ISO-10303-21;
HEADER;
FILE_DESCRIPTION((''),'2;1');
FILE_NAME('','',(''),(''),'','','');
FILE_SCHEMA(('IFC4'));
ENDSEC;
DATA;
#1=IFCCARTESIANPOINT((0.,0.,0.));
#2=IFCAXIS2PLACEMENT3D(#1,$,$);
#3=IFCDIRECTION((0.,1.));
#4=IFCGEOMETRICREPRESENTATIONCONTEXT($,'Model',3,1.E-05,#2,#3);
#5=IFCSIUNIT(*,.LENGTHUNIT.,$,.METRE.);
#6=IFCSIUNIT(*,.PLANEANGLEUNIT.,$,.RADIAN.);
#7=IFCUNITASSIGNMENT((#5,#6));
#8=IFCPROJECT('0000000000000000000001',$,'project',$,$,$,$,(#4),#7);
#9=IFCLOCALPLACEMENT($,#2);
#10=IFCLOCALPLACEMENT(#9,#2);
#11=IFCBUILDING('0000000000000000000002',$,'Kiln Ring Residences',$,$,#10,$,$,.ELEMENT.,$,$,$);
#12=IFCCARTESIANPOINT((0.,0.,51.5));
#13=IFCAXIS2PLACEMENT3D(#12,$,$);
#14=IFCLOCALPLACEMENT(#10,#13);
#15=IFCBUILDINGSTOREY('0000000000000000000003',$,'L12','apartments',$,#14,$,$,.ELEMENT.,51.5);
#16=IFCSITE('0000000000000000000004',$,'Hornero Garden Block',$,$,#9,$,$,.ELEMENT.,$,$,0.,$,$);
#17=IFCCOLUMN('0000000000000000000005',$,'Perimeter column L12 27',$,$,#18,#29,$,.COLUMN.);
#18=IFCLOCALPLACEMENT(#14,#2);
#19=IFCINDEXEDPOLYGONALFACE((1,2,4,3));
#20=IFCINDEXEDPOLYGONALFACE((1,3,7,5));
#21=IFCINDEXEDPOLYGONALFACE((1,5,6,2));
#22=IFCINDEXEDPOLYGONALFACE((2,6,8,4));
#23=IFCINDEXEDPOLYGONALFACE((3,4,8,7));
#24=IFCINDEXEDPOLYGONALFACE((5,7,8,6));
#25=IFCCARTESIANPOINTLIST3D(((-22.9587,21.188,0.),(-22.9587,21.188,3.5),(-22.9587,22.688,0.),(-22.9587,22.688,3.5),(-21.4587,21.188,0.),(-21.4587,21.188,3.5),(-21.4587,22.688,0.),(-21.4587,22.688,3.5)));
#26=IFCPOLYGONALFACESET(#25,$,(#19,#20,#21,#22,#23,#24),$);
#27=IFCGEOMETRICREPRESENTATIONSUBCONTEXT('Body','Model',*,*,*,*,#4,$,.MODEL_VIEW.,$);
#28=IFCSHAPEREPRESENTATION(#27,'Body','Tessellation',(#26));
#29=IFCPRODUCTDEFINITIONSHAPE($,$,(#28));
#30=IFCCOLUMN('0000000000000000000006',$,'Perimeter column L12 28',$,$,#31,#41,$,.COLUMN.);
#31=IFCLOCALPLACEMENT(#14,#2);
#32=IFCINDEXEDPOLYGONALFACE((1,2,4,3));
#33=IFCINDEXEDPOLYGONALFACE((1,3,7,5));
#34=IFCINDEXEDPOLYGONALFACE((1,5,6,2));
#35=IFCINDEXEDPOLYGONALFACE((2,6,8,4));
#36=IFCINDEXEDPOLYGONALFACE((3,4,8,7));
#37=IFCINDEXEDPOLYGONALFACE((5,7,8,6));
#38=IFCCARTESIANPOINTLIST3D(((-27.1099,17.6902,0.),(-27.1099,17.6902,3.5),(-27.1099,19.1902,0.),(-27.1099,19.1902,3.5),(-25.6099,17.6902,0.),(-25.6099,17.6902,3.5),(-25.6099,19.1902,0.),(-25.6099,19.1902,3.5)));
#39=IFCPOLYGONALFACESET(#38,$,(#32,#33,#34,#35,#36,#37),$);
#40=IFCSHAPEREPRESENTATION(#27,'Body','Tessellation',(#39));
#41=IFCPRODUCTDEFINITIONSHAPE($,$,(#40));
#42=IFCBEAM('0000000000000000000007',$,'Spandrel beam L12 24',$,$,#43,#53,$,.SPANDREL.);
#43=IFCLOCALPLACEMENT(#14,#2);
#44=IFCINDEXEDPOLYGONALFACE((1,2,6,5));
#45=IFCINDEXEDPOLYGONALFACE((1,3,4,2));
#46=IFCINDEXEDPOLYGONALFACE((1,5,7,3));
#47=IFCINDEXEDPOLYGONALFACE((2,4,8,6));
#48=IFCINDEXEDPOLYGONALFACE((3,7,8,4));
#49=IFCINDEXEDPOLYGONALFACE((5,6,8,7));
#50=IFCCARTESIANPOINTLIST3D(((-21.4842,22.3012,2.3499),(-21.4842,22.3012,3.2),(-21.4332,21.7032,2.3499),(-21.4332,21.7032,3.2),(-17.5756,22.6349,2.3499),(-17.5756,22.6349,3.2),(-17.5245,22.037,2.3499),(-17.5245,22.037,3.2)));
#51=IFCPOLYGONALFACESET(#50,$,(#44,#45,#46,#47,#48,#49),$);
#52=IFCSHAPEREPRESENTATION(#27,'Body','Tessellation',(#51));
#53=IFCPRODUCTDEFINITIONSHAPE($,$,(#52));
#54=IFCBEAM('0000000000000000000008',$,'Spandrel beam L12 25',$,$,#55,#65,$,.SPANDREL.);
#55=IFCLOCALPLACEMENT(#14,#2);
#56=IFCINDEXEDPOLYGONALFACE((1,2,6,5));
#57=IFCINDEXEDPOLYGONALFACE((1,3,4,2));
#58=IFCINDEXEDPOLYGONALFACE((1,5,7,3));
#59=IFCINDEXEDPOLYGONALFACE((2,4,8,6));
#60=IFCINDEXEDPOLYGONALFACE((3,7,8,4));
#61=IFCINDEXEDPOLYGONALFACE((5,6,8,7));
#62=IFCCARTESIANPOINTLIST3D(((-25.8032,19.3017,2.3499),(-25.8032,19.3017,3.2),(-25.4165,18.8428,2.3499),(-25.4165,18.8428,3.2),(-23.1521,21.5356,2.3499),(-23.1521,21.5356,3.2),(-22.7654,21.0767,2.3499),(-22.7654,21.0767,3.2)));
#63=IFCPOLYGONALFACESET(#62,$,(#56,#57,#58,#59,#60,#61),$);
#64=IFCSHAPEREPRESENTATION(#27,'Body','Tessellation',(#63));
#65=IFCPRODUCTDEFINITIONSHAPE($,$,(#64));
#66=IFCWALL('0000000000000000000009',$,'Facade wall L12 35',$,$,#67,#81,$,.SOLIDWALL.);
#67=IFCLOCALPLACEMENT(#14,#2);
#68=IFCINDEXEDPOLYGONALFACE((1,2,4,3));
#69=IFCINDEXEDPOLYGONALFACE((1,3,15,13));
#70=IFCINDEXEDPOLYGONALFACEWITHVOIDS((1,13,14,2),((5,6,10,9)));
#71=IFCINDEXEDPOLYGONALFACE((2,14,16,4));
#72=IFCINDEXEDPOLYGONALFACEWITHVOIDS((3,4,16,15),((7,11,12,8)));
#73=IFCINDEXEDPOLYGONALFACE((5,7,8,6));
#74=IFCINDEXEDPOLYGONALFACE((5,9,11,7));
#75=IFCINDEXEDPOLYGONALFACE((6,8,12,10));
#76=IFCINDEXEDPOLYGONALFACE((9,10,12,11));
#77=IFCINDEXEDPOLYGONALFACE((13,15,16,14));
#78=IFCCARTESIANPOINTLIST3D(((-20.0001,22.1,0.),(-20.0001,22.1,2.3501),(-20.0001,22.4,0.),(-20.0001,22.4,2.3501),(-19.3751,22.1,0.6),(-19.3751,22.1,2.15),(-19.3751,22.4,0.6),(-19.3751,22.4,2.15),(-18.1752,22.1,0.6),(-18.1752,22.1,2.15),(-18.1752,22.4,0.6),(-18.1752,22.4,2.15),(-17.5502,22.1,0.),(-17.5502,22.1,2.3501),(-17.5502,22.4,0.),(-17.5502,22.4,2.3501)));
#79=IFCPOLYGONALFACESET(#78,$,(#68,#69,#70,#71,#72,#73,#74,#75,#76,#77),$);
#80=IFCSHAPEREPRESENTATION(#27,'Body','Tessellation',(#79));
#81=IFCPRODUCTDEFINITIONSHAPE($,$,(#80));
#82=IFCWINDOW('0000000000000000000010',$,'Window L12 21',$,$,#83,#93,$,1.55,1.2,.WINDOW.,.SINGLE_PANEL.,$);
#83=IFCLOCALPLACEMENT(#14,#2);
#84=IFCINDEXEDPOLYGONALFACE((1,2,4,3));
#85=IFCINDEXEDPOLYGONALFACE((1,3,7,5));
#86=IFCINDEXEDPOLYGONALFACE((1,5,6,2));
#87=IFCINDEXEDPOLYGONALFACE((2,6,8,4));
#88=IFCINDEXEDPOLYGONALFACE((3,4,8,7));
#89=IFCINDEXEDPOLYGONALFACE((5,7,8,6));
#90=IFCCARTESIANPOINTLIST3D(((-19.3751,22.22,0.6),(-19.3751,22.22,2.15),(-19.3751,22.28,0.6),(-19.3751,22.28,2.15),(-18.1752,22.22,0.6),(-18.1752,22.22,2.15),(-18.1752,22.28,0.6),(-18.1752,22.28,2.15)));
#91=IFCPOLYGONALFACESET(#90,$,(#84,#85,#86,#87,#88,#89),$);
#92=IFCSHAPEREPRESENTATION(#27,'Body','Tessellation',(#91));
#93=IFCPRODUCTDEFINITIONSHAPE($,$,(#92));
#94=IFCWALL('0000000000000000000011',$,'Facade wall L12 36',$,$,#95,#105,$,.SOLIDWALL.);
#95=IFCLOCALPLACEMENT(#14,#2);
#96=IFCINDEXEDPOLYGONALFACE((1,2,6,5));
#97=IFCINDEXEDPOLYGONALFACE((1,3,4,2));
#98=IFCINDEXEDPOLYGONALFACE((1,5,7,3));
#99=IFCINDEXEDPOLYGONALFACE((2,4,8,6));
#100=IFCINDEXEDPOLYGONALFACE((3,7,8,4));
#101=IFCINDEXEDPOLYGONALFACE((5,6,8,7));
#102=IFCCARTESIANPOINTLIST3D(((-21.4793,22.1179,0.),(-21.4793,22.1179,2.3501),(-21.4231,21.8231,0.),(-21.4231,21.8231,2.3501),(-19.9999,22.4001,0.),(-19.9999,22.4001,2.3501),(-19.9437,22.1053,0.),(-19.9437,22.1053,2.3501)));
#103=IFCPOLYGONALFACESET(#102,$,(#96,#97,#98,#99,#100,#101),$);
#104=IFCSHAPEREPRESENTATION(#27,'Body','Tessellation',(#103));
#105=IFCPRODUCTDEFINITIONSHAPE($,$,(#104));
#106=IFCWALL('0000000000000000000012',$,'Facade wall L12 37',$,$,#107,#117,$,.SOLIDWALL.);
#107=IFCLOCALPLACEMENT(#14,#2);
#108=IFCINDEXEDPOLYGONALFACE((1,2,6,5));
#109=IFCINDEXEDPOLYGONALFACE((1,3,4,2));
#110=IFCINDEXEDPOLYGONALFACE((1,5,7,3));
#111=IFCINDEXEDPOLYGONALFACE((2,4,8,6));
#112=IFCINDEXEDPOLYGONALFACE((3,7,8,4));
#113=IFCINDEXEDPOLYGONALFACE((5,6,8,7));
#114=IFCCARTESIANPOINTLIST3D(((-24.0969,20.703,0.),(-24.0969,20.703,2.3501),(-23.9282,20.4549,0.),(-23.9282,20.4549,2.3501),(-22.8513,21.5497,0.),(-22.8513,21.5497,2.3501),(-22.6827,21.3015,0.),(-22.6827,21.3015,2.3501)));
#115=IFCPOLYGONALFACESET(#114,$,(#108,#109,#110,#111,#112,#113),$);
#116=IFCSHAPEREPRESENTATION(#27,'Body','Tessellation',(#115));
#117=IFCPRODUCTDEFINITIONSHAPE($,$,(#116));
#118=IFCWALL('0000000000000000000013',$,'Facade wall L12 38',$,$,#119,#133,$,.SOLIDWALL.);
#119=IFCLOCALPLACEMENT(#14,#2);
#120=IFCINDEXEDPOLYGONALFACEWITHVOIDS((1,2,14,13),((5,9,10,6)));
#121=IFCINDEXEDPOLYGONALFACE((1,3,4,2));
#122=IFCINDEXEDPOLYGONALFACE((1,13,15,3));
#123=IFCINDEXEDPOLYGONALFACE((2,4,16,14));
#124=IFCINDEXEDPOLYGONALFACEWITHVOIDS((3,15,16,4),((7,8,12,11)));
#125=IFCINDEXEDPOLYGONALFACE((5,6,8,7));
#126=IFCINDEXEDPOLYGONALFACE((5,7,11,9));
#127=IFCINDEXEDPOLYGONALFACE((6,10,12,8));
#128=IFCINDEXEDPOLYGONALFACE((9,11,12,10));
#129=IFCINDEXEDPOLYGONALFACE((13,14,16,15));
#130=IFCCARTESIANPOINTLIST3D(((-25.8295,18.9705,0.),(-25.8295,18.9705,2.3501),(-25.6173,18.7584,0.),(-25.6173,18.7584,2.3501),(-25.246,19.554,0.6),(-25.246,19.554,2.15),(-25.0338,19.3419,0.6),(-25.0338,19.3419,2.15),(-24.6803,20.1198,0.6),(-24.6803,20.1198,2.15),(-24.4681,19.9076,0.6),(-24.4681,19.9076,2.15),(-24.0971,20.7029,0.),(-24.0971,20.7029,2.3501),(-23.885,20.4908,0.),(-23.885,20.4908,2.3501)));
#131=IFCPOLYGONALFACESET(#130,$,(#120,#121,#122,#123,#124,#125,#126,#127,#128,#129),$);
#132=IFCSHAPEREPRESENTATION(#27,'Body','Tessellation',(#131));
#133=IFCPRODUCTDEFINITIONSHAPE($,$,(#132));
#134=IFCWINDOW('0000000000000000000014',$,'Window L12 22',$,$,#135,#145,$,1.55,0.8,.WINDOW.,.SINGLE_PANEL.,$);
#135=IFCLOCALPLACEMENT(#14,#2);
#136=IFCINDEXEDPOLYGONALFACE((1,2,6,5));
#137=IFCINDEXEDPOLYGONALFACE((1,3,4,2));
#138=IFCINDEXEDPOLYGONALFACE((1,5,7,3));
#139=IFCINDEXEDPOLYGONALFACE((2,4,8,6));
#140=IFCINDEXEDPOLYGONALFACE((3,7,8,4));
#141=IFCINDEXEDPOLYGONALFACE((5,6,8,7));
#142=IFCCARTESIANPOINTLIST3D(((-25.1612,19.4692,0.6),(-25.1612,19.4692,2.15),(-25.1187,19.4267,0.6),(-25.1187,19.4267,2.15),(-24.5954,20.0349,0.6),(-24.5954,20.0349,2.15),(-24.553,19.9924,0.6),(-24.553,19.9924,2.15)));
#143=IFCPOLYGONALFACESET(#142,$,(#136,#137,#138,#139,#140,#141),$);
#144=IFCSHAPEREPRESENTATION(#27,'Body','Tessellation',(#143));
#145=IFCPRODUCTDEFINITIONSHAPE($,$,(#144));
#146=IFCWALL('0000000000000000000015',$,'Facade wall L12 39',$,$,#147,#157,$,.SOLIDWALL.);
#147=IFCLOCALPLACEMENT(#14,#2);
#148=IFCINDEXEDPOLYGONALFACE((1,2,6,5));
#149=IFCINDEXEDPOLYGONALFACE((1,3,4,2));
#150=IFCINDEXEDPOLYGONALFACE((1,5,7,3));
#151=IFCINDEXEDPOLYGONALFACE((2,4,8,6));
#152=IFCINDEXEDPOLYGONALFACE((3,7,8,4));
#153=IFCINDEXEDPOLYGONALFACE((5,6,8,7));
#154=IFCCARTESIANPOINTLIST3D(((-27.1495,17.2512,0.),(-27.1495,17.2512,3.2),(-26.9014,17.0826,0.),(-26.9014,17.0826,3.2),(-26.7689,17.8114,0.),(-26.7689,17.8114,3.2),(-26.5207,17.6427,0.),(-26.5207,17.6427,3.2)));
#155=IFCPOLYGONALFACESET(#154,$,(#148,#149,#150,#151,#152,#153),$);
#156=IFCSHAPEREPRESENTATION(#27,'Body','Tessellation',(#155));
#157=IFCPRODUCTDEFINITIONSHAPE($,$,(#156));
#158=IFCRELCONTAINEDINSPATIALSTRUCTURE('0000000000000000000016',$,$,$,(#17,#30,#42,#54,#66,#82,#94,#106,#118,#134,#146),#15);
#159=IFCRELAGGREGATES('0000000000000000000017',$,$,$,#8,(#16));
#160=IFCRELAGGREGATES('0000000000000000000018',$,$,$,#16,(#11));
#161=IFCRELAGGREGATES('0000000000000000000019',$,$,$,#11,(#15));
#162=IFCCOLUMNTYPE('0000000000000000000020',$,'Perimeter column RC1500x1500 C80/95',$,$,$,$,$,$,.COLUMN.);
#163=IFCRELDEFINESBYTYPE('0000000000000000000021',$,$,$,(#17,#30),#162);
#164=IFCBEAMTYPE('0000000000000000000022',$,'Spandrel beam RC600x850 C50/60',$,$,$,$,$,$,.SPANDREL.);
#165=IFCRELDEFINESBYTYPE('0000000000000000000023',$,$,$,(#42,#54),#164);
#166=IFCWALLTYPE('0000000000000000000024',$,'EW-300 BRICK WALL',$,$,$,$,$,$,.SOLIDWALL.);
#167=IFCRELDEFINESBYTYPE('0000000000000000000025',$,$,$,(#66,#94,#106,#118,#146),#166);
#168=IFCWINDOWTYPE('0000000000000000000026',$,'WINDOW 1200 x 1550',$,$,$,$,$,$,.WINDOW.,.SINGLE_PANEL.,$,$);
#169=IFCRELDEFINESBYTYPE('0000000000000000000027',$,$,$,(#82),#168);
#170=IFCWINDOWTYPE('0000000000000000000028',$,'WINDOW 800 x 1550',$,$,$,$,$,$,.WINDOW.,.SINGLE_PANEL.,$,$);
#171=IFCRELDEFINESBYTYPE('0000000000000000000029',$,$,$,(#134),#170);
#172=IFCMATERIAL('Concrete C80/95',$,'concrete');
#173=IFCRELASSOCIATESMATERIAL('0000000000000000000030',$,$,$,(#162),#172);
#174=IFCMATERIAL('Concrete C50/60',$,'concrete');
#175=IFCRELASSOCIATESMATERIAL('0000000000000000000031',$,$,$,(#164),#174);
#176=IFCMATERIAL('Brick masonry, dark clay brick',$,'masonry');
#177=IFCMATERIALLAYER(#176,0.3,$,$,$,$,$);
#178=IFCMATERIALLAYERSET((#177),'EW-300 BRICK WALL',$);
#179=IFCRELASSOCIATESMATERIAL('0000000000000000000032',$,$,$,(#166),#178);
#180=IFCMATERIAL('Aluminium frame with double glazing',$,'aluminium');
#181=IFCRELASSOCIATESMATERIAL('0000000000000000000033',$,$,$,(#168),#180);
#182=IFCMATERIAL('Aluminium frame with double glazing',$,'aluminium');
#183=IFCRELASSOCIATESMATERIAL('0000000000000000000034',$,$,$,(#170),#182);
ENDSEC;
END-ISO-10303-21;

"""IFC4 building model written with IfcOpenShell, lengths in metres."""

from ifc_helpers import new_model, si_unit, direction, frame, frame_2d, origin, origin_2d, place, context, subcontext, project, spatial, rectangle, extrude, material, layer, layer_set, material_profile, profile_set, type_object, element, fill, save


model = new_model("IFC4")

# Units and contexts
model_context = context("Model", 3, precision=1e-05, world=origin(), true_north=direction((0.0, 1.0)))
body_context = subcontext(model_context, "Body", "Model", "MODEL_VIEW")
ifc_project = project(units=[si_unit("LENGTHUNIT", "METRE"), si_unit("PLANEANGLEUNIT", "RADIAN")], contexts=[model_context])

# Site, building, storey
site_placement = place(None, origin())
site = spatial("IfcSite", under=ifc_project, at=site_placement, Name="Hornero Garden Block", CompositionType="ELEMENT", RefElevation=0.0)
building_placement = place(site_placement, origin())
building = spatial("IfcBuilding", under=site, at=building_placement, Name="Kiln Ring Residences", CompositionType="ELEMENT")
storey_placement = place(building_placement, frame((0.0, 0.0, 51.5)))
storey = spatial("IfcBuildingStorey", under=building, at=storey_placement, Name="L12", Description="apartments", CompositionType="ELEMENT", Elevation=51.5)

# Columns
ifc_material_1 = material(Name="Concrete C80/95", Category="concrete")
ifc_material_profile_1 = material_profile(ifc_material_1, rectangle(XDim=1.5, YDim=1.5, at=origin_2d()), Name="RC1500x1500")
ifc_profile_set_1 = profile_set([ifc_material_profile_1], Name="Concrete C80/95")
column_type = type_object("IfcColumnType", Name="Perimeter column RC1500x1500 C80/95", PredefinedType="COLUMN", material=ifc_profile_set_1)
for number, where, z_axis, x_axis, name in (
    (1, (-22.2087, 21.938, 0.0), (0.0, 0.0, 1.0), (1.0, 0.0, 0.0), "Perimeter column L12 27"),
    (2, (-26.3599, 18.4402, 0.0), (0.0, 0.0, 1.0), (1.0, 0.0, 0.0), "Perimeter column L12 28"),
):
    element("IfcColumn", number, at=place(storey_placement, frame(where, z_axis=z_axis, x_axis=x_axis)), inside=storey, type_object=column_type, Name=name, PredefinedType="COLUMN", context=body_context, shape_type="SweptSolid", body=[
        extrude(rectangle(XDim=1.5, YDim=1.5, at=origin_2d()), origin(), (0.0, 0.0, 1.0), 3.5),
    ])

# Beams
ifc_material_2 = material(Name="Concrete C50/60", Category="concrete")
ifc_material_profile_2 = material_profile(ifc_material_2, rectangle(XDim=0.6001, YDim=0.8501, at=origin_2d()), Name="RC600x850")
ifc_profile_set_2 = profile_set([ifc_material_profile_2], Name="Concrete C50/60")
beam_type = type_object("IfcBeamType", Name="Spandrel beam RC600x850 C50/60", PredefinedType="SPANDREL", material=ifc_profile_set_2)
beam_1_placement = place(storey_placement, frame((-17.55, 22.3359, 2.7749), z_axis=(-0.996375, -0.085075, 0.0), x_axis=(0.085075, -0.996375, 0.0)))
element("IfcBeam", 3, at=beam_1_placement, inside=storey, type_object=beam_type, Name="Spandrel beam L12 24", PredefinedType="SPANDREL", context=body_context, shape_type="SweptSolid", body=[
    extrude(rectangle(XDim=0.6001, YDim=0.8501, at=origin_2d()), origin(), (0.0, 0.0, 1.0), 3.9229),
])
beam_2_placement = place(storey_placement, frame((-22.9587, 21.3062, 2.7749), z_axis=(-0.764718, -0.644366, 0.0), x_axis=(0.644366, -0.764718, 0.0)))
element("IfcBeam", 4, at=beam_2_placement, inside=storey, type_object=beam_type, Name="Spandrel beam L12 25", PredefinedType="SPANDREL", context=body_context, shape_type="SweptSolid", body=[
    extrude(rectangle(XDim=0.6001, YDim=0.8501, at=origin_2d()), origin(), (0.0, 0.0, 1.0), 3.4668),
])

# Wall, opening, window
ifc_material_3 = material(Name="Brick masonry, dark clay brick", Category="masonry")
ifc_layer_1 = layer(ifc_material_3, 0.3)
ifc_layer_set_1 = layer_set([ifc_layer_1], Name="EW-300 BRICK WALL")
wall_type_1 = type_object("IfcWallType", Name="EW-300 BRICK WALL", PredefinedType="SOLIDWALL", material=ifc_layer_set_1)
wall_1_placement = place(storey_placement, frame((-17.55, 22.25, 0.0), z_axis=(0.0, 0.0, 1.0), x_axis=(-1.0, 0.0, 0.0)))
wall_1 = element("IfcWall", 5, at=wall_1_placement, inside=storey, type_object=wall_type_1, Name="Facade wall L12 35", PredefinedType="SOLIDWALL", context=body_context, shape_type="SweptSolid", body=[
    extrude(rectangle(XDim=2.45, YDim=0.3, at=frame_2d((1.2251, 0.0))), origin(), (0.0, 0.0, 1.0), 2.3501),
])
opening_1_placement = place(wall_1_placement, frame((0.625, 0.0, 0.6001)))
opening_1 = element("IfcOpeningElement", 6, at=opening_1_placement, cuts=wall_1, PredefinedType="OPENING", context=body_context, shape_type="SweptSolid", body=[
    extrude(rectangle(XDim=1.2, YDim=1.55, at=frame_2d((0.6001, 0.7749))), frame((0.0, 0.1599, 0.0), z_axis=(0.0, -1.0, 0.0), x_axis=(1.0, 0.0, 0.0)), (0.0, 0.0, 1.0), 0.3201),
])
ifc_material_4 = material(Name="Aluminium frame with double glazing", Category="aluminium")
window_type_1 = type_object("IfcWindowType", Name="WINDOW 1200 x 1550", PartitioningType="SINGLE_PANEL", PredefinedType="WINDOW", material=ifc_material_4)
window_1_placement = place(opening_1_placement, origin())
window_1 = element("IfcWindow", 7, at=window_1_placement, inside=storey, type_object=window_type_1, Name="Window L12 21", OverallHeight=1.55, OverallWidth=1.2, PartitioningType="SINGLE_PANEL", PredefinedType="WINDOW", context=body_context, shape_type="SweptSolid", body=[
    extrude(rectangle(XDim=1.2, YDim=1.55, at=frame_2d((0.6001, 0.7749))), frame((0.0, 0.03, 0.0), z_axis=(0.0, -1.0, 0.0), x_axis=(1.0, 0.0, 0.0)), (0.0, 0.0, 1.0), 0.0601),
])
fill(opening_1, window_1)

# Walls
for number, where, z_axis, x_axis, name in (
    (8, (-19.9719, 22.2527, 0.0), (0.0, 0.0, 1.0), (-0.982287, -0.18738, 0.0), "Facade wall L12 36"),
    (9, (-22.7671, 21.4255, 0.0), (0.0, 0.0, 1.0), (-0.827029, -0.562159, 0.0), "Facade wall L12 37"),
):
    element("IfcWall", number, at=place(storey_placement, frame(where, z_axis=z_axis, x_axis=x_axis)), inside=storey, type_object=wall_type_1, Name=name, PredefinedType="SOLIDWALL", context=body_context, shape_type="SweptSolid", body=[
        extrude(rectangle(XDim=1.5061, YDim=0.3, at=frame_2d((0.7529, 0.0))), origin(), (0.0, 0.0, 1.0), 2.3501),
    ])

# Wall, opening, window
wall_2_placement = place(storey_placement, frame((-23.991, 20.5969, 0.0), z_axis=(0.0, 0.0, 1.0), x_axis=(-0.707107, -0.707107, 0.0)))
wall_2 = element("IfcWall", 10, at=wall_2_placement, inside=storey, type_object=wall_type_1, Name="Facade wall L12 38", PredefinedType="SOLIDWALL", context=body_context, shape_type="SweptSolid", body=[
    extrude(rectangle(XDim=2.45, YDim=0.3, at=frame_2d((1.2251, 0.0))), origin(), (0.0, 0.0, 1.0), 2.3501),
])
opening_2_placement = place(wall_2_placement, frame((0.825, 0.0, 0.6001)))
opening_2 = element("IfcOpeningElement", 11, at=opening_2_placement, cuts=wall_2, PredefinedType="OPENING", context=body_context, shape_type="SweptSolid", body=[
    extrude(rectangle(XDim=0.8, YDim=1.55, at=frame_2d((0.3999, 0.7749))), frame((0.0, 0.1599, 0.0), z_axis=(0.0, -1.0, 0.0), x_axis=(1.0, 0.0, 0.0)), (0.0, 0.0, 1.0), 0.3201),
])
ifc_material_5 = material(Name="Aluminium frame with double glazing", Category="aluminium")
window_type_2 = type_object("IfcWindowType", Name="WINDOW 800 x 1550", PartitioningType="SINGLE_PANEL", PredefinedType="WINDOW", material=ifc_material_5)
window_2_placement = place(opening_2_placement, origin())
window_2 = element("IfcWindow", 12, at=window_2_placement, inside=storey, type_object=window_type_2, Name="Window L12 22", OverallHeight=1.55, OverallWidth=0.8, PartitioningType="SINGLE_PANEL", PredefinedType="WINDOW", context=body_context, shape_type="SweptSolid", body=[
    extrude(rectangle(XDim=0.8, YDim=1.55, at=frame_2d((0.3999, 0.7749))), frame((0.0, 0.03, 0.0), z_axis=(0.0, -1.0, 0.0), x_axis=(1.0, 0.0, 0.0)), (0.0, 0.0, 1.0), 0.0601),
])
fill(opening_2, window_2)

# Wall
wall_3_placement = place(storey_placement, frame((-26.6448, 17.7271, 0.0), z_axis=(0.0, 0.0, 1.0), x_axis=(-0.562083, -0.827081, 0.0)))
element("IfcWall", 13, at=wall_3_placement, inside=storey, type_object=wall_type_1, Name="Facade wall L12 39", PredefinedType="SOLIDWALL", context=body_context, shape_type="SweptSolid", body=[
    extrude(rectangle(XDim=0.6772, YDim=0.3, at=frame_2d((0.3386, 0.0))), origin(), (0.0, 0.0, 1.0), 3.2),
])

save(model, "model.ifc")
